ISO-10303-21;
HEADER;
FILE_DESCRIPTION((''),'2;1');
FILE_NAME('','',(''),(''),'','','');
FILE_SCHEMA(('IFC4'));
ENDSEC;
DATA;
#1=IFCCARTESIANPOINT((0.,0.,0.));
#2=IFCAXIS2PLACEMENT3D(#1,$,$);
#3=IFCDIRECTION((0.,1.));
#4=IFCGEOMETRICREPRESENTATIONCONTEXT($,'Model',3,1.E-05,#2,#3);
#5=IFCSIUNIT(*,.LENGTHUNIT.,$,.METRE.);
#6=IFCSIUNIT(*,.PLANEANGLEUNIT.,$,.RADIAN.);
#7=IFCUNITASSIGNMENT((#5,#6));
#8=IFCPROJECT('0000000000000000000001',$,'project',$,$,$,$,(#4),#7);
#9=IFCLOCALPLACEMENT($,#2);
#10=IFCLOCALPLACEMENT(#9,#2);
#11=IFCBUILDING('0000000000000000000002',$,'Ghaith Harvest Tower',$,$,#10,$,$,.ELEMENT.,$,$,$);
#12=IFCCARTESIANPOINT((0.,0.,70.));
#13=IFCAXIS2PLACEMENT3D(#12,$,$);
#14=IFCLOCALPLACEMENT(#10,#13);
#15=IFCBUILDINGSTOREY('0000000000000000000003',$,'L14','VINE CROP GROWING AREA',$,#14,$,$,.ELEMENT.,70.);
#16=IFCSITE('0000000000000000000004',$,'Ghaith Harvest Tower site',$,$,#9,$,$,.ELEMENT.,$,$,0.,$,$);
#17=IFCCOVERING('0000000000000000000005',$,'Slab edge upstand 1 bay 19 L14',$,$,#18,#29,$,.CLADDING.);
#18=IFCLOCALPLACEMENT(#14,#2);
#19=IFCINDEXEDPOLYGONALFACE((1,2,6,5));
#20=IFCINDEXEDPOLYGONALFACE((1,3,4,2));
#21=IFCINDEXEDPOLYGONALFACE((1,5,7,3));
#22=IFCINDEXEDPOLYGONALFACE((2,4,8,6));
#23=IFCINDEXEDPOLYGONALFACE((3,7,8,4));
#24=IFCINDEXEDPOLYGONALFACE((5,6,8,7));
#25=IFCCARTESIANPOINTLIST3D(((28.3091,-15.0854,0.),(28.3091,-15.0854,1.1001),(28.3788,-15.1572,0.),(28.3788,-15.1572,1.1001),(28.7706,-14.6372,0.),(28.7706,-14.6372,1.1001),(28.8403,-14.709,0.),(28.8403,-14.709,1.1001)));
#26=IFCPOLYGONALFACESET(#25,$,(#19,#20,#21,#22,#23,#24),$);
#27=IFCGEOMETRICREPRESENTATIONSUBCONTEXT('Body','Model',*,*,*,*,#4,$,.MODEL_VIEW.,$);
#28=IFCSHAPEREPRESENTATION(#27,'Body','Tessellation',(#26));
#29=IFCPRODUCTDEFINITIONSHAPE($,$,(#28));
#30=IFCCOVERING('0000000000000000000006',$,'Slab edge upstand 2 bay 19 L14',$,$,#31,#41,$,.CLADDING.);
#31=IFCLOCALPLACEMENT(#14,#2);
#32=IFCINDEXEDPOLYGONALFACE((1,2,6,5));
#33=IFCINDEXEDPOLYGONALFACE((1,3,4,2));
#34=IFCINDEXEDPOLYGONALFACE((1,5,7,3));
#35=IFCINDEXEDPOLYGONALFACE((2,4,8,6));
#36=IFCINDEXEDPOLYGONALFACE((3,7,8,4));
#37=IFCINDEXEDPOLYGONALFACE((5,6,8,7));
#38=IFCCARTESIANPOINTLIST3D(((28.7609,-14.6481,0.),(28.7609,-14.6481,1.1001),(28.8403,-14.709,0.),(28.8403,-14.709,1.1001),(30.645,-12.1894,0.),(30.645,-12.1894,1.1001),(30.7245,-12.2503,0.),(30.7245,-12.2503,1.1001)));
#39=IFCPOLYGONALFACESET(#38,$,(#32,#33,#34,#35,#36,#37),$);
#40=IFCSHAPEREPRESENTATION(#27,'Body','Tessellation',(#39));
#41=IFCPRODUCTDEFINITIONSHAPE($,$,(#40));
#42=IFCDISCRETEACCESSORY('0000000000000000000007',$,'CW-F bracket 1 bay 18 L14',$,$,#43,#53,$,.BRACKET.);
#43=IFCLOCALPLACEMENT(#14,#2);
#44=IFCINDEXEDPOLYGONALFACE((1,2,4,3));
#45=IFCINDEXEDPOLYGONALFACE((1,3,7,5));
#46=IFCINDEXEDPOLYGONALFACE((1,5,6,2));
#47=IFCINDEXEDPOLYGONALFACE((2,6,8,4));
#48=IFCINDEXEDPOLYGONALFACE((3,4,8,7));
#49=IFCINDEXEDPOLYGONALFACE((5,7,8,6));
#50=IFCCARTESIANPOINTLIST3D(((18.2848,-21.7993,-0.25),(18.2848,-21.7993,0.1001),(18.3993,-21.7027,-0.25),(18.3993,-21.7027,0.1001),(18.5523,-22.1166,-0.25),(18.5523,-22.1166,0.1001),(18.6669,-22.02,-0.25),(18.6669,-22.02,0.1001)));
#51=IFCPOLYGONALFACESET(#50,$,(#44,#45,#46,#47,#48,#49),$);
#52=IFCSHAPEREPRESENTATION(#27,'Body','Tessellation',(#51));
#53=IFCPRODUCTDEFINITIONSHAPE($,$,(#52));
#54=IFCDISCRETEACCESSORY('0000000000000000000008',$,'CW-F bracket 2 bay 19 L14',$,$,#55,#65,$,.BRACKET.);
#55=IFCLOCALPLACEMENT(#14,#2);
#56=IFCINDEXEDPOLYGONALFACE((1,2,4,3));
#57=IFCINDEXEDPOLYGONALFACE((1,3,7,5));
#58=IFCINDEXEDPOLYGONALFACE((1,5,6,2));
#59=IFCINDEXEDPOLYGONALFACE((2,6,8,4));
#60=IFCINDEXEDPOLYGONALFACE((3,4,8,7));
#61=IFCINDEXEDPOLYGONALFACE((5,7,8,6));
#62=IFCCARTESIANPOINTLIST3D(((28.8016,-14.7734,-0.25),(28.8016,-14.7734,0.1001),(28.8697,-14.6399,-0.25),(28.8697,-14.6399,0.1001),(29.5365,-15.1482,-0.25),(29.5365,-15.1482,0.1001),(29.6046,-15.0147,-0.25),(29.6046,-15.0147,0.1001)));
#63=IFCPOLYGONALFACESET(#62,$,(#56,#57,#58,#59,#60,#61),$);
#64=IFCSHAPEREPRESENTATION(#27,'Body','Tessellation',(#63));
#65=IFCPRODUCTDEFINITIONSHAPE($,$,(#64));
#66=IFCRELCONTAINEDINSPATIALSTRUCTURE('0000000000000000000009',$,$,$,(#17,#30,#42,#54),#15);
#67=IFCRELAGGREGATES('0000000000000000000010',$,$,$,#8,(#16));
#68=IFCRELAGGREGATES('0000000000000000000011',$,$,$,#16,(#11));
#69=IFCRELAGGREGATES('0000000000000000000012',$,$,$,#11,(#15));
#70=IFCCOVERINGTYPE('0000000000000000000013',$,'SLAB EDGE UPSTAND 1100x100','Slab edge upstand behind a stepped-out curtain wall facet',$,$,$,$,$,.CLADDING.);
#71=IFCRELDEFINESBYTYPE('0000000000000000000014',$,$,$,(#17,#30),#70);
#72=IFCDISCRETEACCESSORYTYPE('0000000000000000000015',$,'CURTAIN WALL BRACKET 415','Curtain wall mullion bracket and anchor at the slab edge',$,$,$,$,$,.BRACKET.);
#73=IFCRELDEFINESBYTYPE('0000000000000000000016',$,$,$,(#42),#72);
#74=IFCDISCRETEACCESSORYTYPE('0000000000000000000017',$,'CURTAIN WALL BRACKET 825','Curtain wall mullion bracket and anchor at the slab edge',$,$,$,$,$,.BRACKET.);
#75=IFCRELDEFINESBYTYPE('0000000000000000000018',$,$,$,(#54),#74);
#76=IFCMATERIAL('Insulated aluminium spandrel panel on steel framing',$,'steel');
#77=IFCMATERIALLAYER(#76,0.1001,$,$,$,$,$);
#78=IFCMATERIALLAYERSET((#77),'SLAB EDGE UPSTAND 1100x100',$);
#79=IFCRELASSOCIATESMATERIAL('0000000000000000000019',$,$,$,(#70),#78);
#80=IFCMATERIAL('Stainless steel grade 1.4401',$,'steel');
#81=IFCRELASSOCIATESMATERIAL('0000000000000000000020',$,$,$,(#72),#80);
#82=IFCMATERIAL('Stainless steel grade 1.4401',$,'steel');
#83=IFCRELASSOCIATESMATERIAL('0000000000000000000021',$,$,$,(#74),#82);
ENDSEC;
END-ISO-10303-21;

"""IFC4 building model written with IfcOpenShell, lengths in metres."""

from ifc_helpers import new_model, si_unit, direction, frame, origin, origin_2d, place, context, subcontext, project, spatial, rectangle, extrude, material, layer, layer_set, type_object, element, save


model = new_model("IFC4")

# Units and contexts
model_context = context("Model", 3, precision=1e-05, world=origin(), true_north=direction((0.0, 1.0)))
body_context = subcontext(model_context, "Body", "Model", "MODEL_VIEW")
ifc_project = project(units=[si_unit("LENGTHUNIT", "METRE"), si_unit("PLANEANGLEUNIT", "RADIAN")], contexts=[model_context])

# Site, building, storey
site_placement = place(None, origin())
site = spatial("IfcSite", under=ifc_project, at=site_placement, Name="Ghaith Harvest Tower site", CompositionType="ELEMENT", RefElevation=0.0)
building_placement = place(site_placement, origin())
building = spatial("IfcBuilding", under=site, at=building_placement, Name="Ghaith Harvest Tower", CompositionType="ELEMENT")
storey_placement = place(building_placement, frame((0.0, 0.0, 70.0)))
storey = spatial("IfcBuildingStorey", under=building, at=storey_placement, Name="L14", Description="VINE CROP GROWING AREA", CompositionType="ELEMENT", Elevation=70.0)

# Coverings
ifc_material_1 = material(Name="Insulated aluminium spandrel panel on steel framing", Category="steel")
ifc_layer_1 = layer(ifc_material_1, 0.1001)
ifc_layer_set_1 = layer_set([ifc_layer_1], Name="SLAB EDGE UPSTAND 1100x100")
covering_type = type_object("IfcCoveringType", Name="SLAB EDGE UPSTAND 1100x100", Description="Slab edge upstand behind a stepped-out curtain wall facet", PredefinedType="CLADDING", material=ifc_layer_set_1)
covering_1_placement = place(storey_placement, frame((28.5747, -14.8972, 0.0), z_axis=(0.0, 0.0, 1.0), x_axis=(0.717386, 0.696675, 0.0)))
element("IfcCovering", 1, at=covering_1_placement, inside=storey, type_object=covering_type, Name="Slab edge upstand 1 bay 19 L14", PredefinedType="CLADDING", context=body_context, shape_type="SweptSolid", body=[
    extrude(rectangle(XDim=0.6433, YDim=0.1001, at=origin_2d()), origin(), (0.0, 0.0, 1.0), 1.1001),
])
covering_2_placement = place(storey_placement, frame((29.7427, -13.4492, 0.0), z_axis=(0.0, 0.0, 1.0), x_axis=(0.608255, 0.793742, 0.0)))
element("IfcCovering", 2, at=covering_2_placement, inside=storey, type_object=covering_type, Name="Slab edge upstand 2 bay 19 L14", PredefinedType="CLADDING", context=body_context, shape_type="SweptSolid", body=[
    extrude(rectangle(XDim=3.0977, YDim=0.1001, at=origin_2d()), origin(), (0.0, 0.0, 1.0), 1.1001),
])

# Discrete accessories
ifc_material_2 = material(Name="Stainless steel grade 1.4401", Category="steel")
discrete_accessory_type_1 = type_object("IfcDiscreteAccessoryType", Name="CURTAIN WALL BRACKET 415", Description="Curtain wall mullion bracket and anchor at the slab edge", PredefinedType="BRACKET", material=ifc_material_2)
discrete_accessory_1_placement = place(storey_placement, frame((18.4758, -21.9097, -0.25), z_axis=(0.0, 0.0, 1.0), x_axis=(0.644657, -0.764472, 0.0)))
element("IfcDiscreteAccessory", 3, at=discrete_accessory_1_placement, inside=storey, type_object=discrete_accessory_type_1, Name="CW-F bracket 1 bay 18 L14", PredefinedType="BRACKET", context=body_context, shape_type="SweptSolid", body=[
    extrude(rectangle(XDim=0.415, YDim=0.1499, at=origin_2d()), origin(), (0.0, 0.0, 1.0), 0.3501),
])
ifc_material_3 = material(Name="Stainless steel grade 1.4401", Category="steel")
discrete_accessory_type_2 = type_object("IfcDiscreteAccessoryType", Name="CURTAIN WALL BRACKET 825", Description="Curtain wall mullion bracket and anchor at the slab edge", PredefinedType="BRACKET", material=ifc_material_3)
discrete_accessory_2_placement = place(storey_placement, frame((29.2031, -14.894, -0.25), z_axis=(0.0, 0.0, 1.0), x_axis=(0.890831, -0.454335, 0.0)))
element("IfcDiscreteAccessory", 4, at=discrete_accessory_2_placement, inside=storey, type_object=discrete_accessory_type_2, Name="CW-F bracket 2 bay 19 L14", PredefinedType="BRACKET", context=body_context, shape_type="SweptSolid", body=[
    extrude(rectangle(XDim=0.825, YDim=0.1499, at=origin_2d()), origin(), (0.0, 0.0, 1.0), 0.3501),
])

save(model, "model.ifc")
